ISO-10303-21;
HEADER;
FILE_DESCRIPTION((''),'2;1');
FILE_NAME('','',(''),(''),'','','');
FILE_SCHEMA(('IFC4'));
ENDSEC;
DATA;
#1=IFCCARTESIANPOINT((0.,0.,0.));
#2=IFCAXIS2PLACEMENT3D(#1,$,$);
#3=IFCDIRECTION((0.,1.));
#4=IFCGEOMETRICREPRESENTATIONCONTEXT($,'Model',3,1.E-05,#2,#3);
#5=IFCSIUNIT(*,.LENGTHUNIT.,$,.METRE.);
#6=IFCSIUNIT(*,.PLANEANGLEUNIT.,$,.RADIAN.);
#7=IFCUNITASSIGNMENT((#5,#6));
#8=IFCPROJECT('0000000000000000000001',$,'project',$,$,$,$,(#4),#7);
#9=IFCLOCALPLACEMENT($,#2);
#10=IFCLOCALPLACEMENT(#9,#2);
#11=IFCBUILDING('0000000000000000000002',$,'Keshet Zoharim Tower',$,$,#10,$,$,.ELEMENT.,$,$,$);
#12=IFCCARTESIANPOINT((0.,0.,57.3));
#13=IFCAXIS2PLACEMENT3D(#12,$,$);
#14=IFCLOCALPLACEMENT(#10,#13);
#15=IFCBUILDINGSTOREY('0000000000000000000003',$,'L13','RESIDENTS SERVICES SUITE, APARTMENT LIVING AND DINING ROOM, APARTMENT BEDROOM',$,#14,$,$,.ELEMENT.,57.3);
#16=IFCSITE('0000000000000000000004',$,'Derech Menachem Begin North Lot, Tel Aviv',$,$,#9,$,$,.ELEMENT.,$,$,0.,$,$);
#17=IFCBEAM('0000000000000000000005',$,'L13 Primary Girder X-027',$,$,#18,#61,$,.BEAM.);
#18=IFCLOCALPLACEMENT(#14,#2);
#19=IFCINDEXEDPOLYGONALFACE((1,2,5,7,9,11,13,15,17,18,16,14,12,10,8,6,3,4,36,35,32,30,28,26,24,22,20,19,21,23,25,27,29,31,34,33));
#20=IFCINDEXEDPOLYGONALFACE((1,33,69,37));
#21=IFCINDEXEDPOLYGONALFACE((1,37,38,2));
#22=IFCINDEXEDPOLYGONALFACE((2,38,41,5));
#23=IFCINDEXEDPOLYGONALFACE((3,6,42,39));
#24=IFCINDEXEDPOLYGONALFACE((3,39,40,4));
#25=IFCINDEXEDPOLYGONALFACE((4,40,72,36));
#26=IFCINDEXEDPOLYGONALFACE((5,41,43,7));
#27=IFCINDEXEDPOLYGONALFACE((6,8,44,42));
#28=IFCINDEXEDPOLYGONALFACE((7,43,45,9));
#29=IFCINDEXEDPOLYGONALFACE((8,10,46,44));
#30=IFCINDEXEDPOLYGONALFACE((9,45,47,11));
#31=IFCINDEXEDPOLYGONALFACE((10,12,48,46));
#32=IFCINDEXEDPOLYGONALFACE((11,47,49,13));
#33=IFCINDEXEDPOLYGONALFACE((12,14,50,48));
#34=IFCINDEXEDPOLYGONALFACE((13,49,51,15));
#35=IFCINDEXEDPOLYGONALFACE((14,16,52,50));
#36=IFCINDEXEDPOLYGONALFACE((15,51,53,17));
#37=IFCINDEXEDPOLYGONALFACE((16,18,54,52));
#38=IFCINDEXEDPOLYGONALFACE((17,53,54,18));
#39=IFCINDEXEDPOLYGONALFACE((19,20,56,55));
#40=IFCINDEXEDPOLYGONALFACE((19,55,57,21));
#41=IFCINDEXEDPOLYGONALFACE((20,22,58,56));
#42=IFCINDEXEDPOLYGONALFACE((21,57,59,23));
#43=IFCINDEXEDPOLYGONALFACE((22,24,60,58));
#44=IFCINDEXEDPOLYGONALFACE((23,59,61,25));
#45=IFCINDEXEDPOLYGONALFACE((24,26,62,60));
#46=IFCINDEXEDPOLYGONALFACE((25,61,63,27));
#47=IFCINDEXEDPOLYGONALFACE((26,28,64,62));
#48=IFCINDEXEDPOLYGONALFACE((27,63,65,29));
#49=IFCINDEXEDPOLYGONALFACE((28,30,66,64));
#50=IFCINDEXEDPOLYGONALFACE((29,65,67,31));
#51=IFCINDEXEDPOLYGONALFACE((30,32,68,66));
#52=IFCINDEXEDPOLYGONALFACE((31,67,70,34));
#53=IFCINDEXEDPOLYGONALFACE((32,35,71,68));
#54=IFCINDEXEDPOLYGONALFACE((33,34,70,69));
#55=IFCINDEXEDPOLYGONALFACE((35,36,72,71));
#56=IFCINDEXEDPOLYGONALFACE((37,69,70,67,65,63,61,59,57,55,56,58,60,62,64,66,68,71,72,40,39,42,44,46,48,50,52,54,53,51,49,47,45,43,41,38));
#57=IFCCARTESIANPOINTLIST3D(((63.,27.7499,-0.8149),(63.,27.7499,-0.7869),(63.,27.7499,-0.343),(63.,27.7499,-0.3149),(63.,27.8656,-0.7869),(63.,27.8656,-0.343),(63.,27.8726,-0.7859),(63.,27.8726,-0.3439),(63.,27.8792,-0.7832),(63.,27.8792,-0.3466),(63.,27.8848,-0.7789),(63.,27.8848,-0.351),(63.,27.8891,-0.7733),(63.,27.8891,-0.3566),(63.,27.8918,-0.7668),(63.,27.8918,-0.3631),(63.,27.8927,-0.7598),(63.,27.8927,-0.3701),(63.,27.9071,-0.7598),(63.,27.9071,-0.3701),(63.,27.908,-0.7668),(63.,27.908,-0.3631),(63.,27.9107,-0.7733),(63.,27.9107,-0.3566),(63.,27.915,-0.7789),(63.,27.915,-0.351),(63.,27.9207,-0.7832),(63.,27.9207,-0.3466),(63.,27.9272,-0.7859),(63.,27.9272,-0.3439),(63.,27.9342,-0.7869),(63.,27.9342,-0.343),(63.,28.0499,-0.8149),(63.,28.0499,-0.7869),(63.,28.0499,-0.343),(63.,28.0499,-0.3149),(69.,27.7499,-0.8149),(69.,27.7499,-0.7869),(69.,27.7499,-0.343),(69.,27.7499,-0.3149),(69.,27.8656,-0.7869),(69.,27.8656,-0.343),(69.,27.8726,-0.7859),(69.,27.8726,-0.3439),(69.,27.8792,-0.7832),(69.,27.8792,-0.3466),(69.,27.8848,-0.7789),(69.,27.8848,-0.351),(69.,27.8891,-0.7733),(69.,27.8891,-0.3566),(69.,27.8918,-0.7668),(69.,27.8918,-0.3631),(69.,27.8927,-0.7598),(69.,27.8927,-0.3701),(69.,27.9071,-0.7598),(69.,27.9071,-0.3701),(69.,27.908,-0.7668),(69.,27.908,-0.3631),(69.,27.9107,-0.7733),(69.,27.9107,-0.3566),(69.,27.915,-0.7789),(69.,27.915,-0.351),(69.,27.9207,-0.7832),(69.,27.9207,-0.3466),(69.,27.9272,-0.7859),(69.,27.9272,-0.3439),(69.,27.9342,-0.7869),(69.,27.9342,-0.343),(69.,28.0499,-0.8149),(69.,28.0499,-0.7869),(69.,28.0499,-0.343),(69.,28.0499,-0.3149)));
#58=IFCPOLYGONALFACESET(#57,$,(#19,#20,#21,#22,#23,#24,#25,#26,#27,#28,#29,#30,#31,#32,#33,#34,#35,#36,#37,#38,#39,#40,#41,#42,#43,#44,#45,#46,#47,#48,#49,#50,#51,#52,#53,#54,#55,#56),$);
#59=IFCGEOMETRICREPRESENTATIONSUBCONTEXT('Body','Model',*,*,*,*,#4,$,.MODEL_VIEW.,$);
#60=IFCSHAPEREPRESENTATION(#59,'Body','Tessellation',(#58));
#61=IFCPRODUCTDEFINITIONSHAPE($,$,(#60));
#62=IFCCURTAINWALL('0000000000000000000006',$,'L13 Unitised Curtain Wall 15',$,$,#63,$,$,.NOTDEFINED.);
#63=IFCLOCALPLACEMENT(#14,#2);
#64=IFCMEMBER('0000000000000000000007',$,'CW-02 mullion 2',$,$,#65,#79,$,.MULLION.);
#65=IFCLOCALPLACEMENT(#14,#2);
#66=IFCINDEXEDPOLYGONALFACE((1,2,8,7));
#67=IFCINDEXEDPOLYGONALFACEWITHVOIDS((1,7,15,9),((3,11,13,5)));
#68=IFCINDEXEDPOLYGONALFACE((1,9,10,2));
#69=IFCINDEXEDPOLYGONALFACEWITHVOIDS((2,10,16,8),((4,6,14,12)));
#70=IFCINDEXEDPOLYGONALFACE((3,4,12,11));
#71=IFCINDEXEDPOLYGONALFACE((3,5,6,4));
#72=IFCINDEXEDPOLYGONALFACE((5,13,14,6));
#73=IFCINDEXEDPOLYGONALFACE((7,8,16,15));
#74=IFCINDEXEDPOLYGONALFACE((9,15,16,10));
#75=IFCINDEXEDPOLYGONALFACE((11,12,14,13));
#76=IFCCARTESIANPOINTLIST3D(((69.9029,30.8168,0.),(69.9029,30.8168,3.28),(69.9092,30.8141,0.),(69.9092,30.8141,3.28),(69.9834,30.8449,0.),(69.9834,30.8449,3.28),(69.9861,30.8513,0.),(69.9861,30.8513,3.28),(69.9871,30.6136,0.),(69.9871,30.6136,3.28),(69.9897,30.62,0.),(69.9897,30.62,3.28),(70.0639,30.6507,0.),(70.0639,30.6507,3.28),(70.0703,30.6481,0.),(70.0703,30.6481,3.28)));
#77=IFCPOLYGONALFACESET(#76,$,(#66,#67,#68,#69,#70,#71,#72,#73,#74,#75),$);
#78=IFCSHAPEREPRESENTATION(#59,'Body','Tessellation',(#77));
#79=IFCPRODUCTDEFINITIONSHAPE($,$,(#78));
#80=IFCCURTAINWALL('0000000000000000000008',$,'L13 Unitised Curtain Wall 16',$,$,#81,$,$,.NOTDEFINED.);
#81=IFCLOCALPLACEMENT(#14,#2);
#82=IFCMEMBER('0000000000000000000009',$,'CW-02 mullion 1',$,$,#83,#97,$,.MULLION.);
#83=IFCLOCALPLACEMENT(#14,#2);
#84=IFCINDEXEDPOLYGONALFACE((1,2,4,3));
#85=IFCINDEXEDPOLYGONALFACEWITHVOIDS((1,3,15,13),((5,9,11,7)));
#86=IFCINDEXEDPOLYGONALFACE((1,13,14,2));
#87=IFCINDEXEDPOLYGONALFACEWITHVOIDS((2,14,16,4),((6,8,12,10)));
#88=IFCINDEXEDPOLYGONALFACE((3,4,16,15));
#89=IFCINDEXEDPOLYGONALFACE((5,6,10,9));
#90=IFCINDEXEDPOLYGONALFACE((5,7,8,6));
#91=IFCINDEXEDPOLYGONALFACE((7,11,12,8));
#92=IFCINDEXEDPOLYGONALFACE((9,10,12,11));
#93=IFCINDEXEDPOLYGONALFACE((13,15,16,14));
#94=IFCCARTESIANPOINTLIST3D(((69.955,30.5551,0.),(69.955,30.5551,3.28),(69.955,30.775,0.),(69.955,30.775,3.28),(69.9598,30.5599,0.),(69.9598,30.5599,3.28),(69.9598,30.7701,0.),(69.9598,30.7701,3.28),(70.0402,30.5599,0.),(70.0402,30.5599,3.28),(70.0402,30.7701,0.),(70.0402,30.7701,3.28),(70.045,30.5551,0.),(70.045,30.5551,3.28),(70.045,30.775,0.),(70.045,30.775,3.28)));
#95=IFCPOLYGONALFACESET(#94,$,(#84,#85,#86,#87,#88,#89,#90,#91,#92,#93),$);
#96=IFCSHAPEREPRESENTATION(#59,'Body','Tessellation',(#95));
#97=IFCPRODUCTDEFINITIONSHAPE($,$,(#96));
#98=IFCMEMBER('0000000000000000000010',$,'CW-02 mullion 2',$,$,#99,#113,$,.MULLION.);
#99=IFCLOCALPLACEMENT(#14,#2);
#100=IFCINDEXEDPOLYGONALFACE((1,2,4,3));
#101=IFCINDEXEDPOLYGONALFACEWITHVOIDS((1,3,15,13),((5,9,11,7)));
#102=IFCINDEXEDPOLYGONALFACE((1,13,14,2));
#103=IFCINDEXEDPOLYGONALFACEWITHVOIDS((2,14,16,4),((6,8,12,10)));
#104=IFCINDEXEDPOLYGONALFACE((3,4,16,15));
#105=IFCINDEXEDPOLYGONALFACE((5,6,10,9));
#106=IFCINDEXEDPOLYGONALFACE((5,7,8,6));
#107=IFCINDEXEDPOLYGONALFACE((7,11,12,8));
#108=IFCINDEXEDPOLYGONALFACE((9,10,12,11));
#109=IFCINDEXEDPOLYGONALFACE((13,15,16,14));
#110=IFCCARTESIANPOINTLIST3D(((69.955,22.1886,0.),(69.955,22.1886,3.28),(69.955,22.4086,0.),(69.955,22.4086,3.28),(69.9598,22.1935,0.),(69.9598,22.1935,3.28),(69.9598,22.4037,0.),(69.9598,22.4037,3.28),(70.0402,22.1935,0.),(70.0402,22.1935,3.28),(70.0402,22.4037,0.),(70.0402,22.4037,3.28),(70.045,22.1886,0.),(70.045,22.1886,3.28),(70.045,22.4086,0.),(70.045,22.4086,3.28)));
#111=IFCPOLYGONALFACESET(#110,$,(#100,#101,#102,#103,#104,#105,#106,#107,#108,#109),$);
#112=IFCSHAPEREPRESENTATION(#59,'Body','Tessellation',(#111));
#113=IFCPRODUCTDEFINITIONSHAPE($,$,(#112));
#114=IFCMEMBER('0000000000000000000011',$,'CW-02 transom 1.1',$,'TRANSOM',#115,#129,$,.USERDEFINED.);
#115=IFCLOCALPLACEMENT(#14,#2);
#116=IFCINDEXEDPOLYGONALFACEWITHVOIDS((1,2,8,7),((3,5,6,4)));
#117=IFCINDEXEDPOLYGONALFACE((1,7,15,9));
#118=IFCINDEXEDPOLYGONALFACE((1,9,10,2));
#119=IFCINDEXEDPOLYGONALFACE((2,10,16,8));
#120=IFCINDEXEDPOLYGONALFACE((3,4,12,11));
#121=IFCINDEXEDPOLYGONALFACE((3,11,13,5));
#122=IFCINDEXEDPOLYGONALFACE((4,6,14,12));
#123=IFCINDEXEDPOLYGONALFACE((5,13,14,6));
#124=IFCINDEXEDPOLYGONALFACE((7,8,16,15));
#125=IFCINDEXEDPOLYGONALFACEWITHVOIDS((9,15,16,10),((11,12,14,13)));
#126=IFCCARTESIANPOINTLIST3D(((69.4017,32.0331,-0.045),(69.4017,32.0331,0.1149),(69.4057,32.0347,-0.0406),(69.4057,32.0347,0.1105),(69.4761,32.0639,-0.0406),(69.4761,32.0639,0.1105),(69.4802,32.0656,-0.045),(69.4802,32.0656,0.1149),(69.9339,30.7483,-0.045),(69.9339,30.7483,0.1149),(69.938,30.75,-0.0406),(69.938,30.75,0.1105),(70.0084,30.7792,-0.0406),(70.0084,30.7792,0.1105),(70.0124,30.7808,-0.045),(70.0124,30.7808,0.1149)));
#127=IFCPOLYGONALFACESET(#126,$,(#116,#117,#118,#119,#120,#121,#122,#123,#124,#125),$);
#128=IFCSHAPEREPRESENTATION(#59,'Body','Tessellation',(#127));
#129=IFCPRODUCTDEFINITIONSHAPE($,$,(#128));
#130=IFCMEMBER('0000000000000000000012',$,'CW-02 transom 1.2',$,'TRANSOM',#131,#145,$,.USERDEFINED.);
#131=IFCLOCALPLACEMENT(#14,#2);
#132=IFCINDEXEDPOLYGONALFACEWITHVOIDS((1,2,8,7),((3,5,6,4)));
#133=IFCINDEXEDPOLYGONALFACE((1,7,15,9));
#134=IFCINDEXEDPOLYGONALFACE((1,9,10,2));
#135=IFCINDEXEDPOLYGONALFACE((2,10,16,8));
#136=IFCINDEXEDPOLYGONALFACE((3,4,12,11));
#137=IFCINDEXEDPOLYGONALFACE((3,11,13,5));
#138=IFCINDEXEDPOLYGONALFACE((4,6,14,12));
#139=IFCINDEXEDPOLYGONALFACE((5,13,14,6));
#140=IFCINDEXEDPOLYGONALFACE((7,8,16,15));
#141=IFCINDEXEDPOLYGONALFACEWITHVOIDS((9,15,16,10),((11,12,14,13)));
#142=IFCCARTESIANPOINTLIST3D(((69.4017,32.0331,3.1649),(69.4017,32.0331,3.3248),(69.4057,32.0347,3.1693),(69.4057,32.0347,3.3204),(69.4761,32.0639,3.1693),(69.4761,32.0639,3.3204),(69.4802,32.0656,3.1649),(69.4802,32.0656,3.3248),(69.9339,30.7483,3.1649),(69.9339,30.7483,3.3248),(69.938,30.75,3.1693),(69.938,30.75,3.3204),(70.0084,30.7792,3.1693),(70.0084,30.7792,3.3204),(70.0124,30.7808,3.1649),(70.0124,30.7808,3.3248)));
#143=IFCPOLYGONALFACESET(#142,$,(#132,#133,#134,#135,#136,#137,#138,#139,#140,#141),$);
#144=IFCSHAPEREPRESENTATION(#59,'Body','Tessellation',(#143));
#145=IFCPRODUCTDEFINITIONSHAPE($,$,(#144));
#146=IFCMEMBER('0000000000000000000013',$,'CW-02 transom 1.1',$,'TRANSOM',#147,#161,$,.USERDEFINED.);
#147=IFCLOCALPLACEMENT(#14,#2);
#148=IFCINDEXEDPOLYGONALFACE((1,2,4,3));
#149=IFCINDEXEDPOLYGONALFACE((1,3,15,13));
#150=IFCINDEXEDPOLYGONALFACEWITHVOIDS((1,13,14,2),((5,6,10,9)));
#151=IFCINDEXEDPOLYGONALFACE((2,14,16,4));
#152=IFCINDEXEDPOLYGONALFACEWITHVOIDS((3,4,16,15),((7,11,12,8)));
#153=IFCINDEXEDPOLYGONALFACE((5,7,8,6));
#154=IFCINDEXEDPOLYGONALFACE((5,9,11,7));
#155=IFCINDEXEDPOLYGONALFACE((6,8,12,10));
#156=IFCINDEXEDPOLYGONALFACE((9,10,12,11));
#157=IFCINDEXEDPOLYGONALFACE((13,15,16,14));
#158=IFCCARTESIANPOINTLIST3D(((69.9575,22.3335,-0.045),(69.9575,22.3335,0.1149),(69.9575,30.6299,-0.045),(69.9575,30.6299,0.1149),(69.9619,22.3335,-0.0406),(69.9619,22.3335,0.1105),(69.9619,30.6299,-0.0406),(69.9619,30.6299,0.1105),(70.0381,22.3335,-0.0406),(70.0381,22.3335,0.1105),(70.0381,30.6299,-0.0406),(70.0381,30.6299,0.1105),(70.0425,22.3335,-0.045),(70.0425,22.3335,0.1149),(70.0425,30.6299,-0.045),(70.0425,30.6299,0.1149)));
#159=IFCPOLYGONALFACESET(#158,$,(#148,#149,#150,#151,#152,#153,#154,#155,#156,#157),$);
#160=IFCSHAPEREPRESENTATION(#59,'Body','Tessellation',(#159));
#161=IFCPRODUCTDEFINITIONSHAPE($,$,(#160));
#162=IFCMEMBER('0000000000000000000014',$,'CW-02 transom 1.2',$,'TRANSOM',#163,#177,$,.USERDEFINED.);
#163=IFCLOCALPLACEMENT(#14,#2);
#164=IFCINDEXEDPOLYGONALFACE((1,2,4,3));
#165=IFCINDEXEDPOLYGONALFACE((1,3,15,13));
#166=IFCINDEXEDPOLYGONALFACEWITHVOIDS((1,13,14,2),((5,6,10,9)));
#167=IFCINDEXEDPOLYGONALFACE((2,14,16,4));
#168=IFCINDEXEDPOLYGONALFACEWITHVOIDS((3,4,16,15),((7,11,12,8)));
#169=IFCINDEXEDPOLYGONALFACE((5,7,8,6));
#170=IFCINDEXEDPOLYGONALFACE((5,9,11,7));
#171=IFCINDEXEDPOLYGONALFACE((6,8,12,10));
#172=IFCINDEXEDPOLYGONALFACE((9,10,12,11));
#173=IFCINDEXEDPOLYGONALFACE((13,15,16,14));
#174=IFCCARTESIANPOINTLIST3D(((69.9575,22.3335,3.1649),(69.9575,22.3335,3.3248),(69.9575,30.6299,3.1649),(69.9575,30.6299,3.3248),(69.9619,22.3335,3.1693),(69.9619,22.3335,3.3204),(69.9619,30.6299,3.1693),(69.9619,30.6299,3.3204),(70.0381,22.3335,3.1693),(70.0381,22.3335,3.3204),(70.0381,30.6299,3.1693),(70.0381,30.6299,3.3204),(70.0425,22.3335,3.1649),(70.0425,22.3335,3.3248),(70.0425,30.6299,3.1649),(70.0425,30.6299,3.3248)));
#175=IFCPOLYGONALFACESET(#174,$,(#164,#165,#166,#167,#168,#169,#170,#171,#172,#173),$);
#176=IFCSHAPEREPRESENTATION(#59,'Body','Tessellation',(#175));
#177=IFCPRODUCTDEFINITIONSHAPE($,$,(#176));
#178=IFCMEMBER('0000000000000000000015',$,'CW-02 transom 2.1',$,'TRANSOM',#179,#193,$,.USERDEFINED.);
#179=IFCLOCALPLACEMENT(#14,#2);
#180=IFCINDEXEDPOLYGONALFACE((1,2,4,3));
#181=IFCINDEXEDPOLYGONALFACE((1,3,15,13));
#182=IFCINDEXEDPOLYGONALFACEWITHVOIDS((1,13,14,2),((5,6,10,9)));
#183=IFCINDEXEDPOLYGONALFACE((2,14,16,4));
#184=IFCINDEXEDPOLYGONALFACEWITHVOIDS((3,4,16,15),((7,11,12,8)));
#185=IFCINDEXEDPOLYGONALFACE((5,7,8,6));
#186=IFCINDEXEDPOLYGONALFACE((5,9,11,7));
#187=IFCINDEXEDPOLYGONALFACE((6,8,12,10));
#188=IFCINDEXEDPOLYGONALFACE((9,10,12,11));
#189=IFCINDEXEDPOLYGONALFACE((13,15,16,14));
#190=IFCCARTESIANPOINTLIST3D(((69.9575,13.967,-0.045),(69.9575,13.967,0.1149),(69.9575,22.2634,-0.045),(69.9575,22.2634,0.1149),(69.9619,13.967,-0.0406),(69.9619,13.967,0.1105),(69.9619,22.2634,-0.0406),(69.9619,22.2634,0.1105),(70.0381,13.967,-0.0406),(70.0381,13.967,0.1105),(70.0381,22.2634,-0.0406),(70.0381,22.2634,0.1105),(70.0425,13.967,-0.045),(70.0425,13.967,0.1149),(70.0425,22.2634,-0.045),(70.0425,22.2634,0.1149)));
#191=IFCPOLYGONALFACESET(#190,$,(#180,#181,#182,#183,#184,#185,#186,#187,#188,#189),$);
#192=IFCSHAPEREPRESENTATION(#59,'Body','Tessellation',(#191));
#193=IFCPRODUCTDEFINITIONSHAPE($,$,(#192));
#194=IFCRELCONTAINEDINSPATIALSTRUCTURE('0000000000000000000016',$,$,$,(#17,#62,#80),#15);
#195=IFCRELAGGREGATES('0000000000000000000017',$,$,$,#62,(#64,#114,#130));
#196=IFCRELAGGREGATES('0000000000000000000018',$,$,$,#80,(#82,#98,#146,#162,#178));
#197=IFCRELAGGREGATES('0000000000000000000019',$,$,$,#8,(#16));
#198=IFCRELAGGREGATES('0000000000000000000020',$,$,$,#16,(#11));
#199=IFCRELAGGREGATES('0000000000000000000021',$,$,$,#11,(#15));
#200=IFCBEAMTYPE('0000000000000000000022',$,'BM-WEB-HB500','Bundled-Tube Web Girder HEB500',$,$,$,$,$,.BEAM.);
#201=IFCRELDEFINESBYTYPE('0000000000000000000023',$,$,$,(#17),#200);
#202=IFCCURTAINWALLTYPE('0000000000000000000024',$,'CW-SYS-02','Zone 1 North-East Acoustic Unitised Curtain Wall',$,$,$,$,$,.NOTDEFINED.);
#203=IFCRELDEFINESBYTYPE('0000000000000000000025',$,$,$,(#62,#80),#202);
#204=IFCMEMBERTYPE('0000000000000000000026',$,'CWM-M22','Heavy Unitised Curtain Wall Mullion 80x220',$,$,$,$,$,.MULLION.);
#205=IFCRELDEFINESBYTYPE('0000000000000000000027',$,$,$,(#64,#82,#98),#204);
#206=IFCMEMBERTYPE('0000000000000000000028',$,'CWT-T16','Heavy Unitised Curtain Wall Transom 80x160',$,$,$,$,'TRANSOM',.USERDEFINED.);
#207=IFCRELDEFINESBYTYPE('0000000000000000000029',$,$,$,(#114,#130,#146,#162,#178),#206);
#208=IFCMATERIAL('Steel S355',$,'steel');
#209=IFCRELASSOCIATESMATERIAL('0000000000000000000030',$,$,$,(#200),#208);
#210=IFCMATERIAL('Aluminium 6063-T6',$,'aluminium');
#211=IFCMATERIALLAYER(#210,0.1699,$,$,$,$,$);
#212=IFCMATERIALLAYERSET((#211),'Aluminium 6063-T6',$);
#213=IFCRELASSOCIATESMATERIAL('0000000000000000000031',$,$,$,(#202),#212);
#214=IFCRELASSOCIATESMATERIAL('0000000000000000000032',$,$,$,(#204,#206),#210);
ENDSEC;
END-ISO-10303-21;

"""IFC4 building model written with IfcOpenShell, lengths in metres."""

from ifc_helpers import new_model, si_unit, direction, frame, origin, origin_2d, place, context, subcontext, project, spatial, hollow_rectangle, i_section, extrude, material, layer, layer_set, material_profile, profile_set, type_object, element, aggregate, save


model = new_model("IFC4")

# Units and contexts
model_context = context("Model", 3, precision=1e-05, world=origin(), true_north=direction((0.0, 1.0)))
body_context = subcontext(model_context, "Body", "Model", "MODEL_VIEW")
ifc_project = project(units=[si_unit("LENGTHUNIT", "METRE"), si_unit("PLANEANGLEUNIT", "RADIAN")], contexts=[model_context])

# Site, building, storey
site_placement = place(None, origin())
site = spatial("IfcSite", under=ifc_project, at=site_placement, Name="Derech Menachem Begin North Lot, Tel Aviv", CompositionType="ELEMENT", RefElevation=0.0)
building_placement = place(site_placement, origin())
building = spatial("IfcBuilding", under=site, at=building_placement, Name="Keshet Zoharim Tower", CompositionType="ELEMENT")
storey_placement = place(building_placement, frame((0.0, 0.0, 57.3)))
storey = spatial("IfcBuildingStorey", under=building, at=storey_placement, Name="L13", Description="RESIDENTS SERVICES SUITE, APARTMENT LIVING AND DINING ROOM, APARTMENT BEDROOM", CompositionType="ELEMENT", Elevation=57.3)

# Shared definitions
ifc_material_1 = material(Name="Steel S355", Category="steel")

# Beam
ifc_material_profile_1 = material_profile(ifc_material_1, i_section(OverallWidth=0.3, OverallDepth=0.5, WebThickness=0.0144, FlangeThickness=0.0281, FilletRadius=0.0271, at=origin_2d()), Name="HEB500")
ifc_profile_set_1 = profile_set([ifc_material_profile_1], Name="Steel S355")
beam_type_1 = type_object("IfcBeamType", Name="BM-WEB-HB500", Description="Bundled-Tube Web Girder HEB500", PredefinedType="BEAM", material=ifc_profile_set_1)
for number, where, z_axis, x_axis, name in (
    (1, (63.0, 27.8999, -0.5649), (1.0, 0.0, 0.0), (0.0, 1.0, 0.0), "L13 Primary Girder X-027"),
):
    element("IfcBeam", number, at=place(storey_placement, frame(where, z_axis=z_axis, x_axis=x_axis)), inside=storey, type_object=beam_type_1, Name=name, PredefinedType="BEAM", context=body_context, shape_type="SweptSolid", body=[
        extrude(i_section(OverallWidth=0.3, OverallDepth=0.5, WebThickness=0.0144, FlangeThickness=0.0281, FilletRadius=0.0271, at=origin_2d()), origin(), (0.0, 0.0, 1.0), 6.0),
    ])

# Curtain wall, member
ifc_material_2 = material(Name="Aluminium 6063-T6", Category="aluminium")
ifc_layer_1 = layer(ifc_material_2, 0.1699)
ifc_layer_set_1 = layer_set([ifc_layer_1], Name="Aluminium 6063-T6")
curtain_wall_type = type_object("IfcCurtainWallType", Name="CW-SYS-02", Description="Zone 1 North-East Acoustic Unitised Curtain Wall", PredefinedType="NOTDEFINED", material=ifc_layer_set_1)
curtain_wall_1_placement = place(storey_placement, origin())
curtain_wall_1 = element("IfcCurtainWall", 2, at=curtain_wall_1_placement, inside=storey, type_object=curtain_wall_type, Name="L13 Unitised Curtain Wall 15", PredefinedType="NOTDEFINED")
ifc_material_profile_2 = material_profile(ifc_material_2, hollow_rectangle(XDim=0.0901, YDim=0.22, WallThickness=0.0049, at=origin_2d()), Name="MUL-90x220")
ifc_profile_set_2 = profile_set([ifc_material_profile_2], Name="Aluminium 6063-T6")
member_type_1 = type_object("IfcMemberType", Name="CWM-M22", Description="Heavy Unitised Curtain Wall Mullion 80x220", PredefinedType="MULLION", material=ifc_profile_set_2)
member_1_placement = place(storey_placement, frame((69.9866, 30.7324, 0.0), z_axis=(0.0, 0.0, 1.0), x_axis=(0.92381, 0.382852, 0.0)))
member_1 = element("IfcMember", 3, at=member_1_placement, type_object=member_type_1, Name="CW-02 mullion 2", PredefinedType="MULLION", context=body_context, shape_type="SweptSolid", body=[
    extrude(hollow_rectangle(XDim=0.0901, YDim=0.22, WallThickness=0.0049, at=origin_2d()), origin(), (0.0, 0.0, 1.0), 3.28),
])

# Curtain wall, members
curtain_wall_2_placement = place(storey_placement, origin())
curtain_wall_2 = element("IfcCurtainWall", 4, at=curtain_wall_2_placement, inside=storey, type_object=curtain_wall_type, Name="L13 Unitised Curtain Wall 16", PredefinedType="NOTDEFINED")
member_2_placement = place(storey_placement, frame((70.0, 30.665, 0.0), z_axis=(0.0, 0.0, 1.0), x_axis=(1.0, 0.0, 0.0)))
member_2 = element("IfcMember", 5, at=member_2_placement, type_object=member_type_1, Name="CW-02 mullion 1", PredefinedType="MULLION", context=body_context, shape_type="SweptSolid", body=[
    extrude(hollow_rectangle(XDim=0.0901, YDim=0.22, WallThickness=0.0049, at=origin_2d()), origin(), (0.0, 0.0, 1.0), 3.28),
])
member_3_placement = place(storey_placement, frame((70.0, 22.2986, 0.0), z_axis=(0.0, 0.0, 1.0), x_axis=(1.0, 0.0, 0.0)))
member_3 = element("IfcMember", 6, at=member_3_placement, type_object=member_type_1, Name="CW-02 mullion 2", PredefinedType="MULLION", context=body_context, shape_type="SweptSolid", body=[
    extrude(hollow_rectangle(XDim=0.0901, YDim=0.22, WallThickness=0.0049, at=origin_2d()), origin(), (0.0, 0.0, 1.0), 3.28),
])

# Members
ifc_material_profile_3 = material_profile(ifc_material_2, hollow_rectangle(XDim=0.085, YDim=0.1599, WallThickness=0.0044, at=origin_2d()), Name="TRN-85x160")
ifc_profile_set_3 = profile_set([ifc_material_profile_3], Name="Aluminium 6063-T6")
member_type_2 = type_object("IfcMemberType", Name="CWT-T16", Description="Heavy Unitised Curtain Wall Transom 80x160", ElementType="TRANSOM", PredefinedType="USERDEFINED", material=ifc_profile_set_3)
member_4_placement = place(storey_placement, frame((69.4409, 32.0493, 0.0349), z_axis=(0.382745, -0.923854, 0.0), x_axis=(0.923854, 0.382745, 0.0)))
member_4 = element("IfcMember", 7, at=member_4_placement, type_object=member_type_2, Name="CW-02 transom 1.1", ObjectType="TRANSOM", PredefinedType="USERDEFINED", context=body_context, shape_type="SweptSolid", body=[
    extrude(hollow_rectangle(XDim=0.085, YDim=0.1599, WallThickness=0.0044, at=origin_2d()), origin(), (0.0, 0.0, 1.0), 1.3906),
])
member_5_placement = place(storey_placement, frame((69.4409, 32.0493, 3.2449), z_axis=(0.382745, -0.923854, 0.0), x_axis=(0.923854, 0.382745, 0.0)))
member_5 = element("IfcMember", 8, at=member_5_placement, type_object=member_type_2, Name="CW-02 transom 1.2", ObjectType="TRANSOM", PredefinedType="USERDEFINED", context=body_context, shape_type="SweptSolid", body=[
    extrude(hollow_rectangle(XDim=0.085, YDim=0.1599, WallThickness=0.0044, at=origin_2d()), origin(), (0.0, 0.0, 1.0), 1.3906),
])
member_6_placement = place(storey_placement, frame((70.0, 30.6299, 0.0349), z_axis=(0.0, -1.0, 0.0), x_axis=(1.0, 0.0, 0.0)))
member_6 = element("IfcMember", 9, at=member_6_placement, type_object=member_type_2, Name="CW-02 transom 1.1", ObjectType="TRANSOM", PredefinedType="USERDEFINED", context=body_context, shape_type="SweptSolid", body=[
    extrude(hollow_rectangle(XDim=0.085, YDim=0.1599, WallThickness=0.0044, at=origin_2d()), origin(), (0.0, 0.0, 1.0), 8.2964),
])
member_7_placement = place(storey_placement, frame((70.0, 30.6299, 3.2449), z_axis=(0.0, -1.0, 0.0), x_axis=(1.0, 0.0, 0.0)))
member_7 = element("IfcMember", 10, at=member_7_placement, type_object=member_type_2, Name="CW-02 transom 1.2", ObjectType="TRANSOM", PredefinedType="USERDEFINED", context=body_context, shape_type="SweptSolid", body=[
    extrude(hollow_rectangle(XDim=0.085, YDim=0.1599, WallThickness=0.0044, at=origin_2d()), origin(), (0.0, 0.0, 1.0), 8.2964),
])
member_8_placement = place(storey_placement, frame((70.0, 22.2634, 0.0349), z_axis=(0.0, -1.0, 0.0), x_axis=(1.0, 0.0, 0.0)))
member_8 = element("IfcMember", 11, at=member_8_placement, type_object=member_type_2, Name="CW-02 transom 2.1", ObjectType="TRANSOM", PredefinedType="USERDEFINED", context=body_context, shape_type="SweptSolid", body=[
    extrude(hollow_rectangle(XDim=0.085, YDim=0.1599, WallThickness=0.0044, at=origin_2d()), origin(), (0.0, 0.0, 1.0), 8.2964),
])

aggregate(curtain_wall_1, [member_1, member_4, member_5])
aggregate(curtain_wall_2, [member_2, member_3, member_6, member_7, member_8])

save(model, "model.ifc")
